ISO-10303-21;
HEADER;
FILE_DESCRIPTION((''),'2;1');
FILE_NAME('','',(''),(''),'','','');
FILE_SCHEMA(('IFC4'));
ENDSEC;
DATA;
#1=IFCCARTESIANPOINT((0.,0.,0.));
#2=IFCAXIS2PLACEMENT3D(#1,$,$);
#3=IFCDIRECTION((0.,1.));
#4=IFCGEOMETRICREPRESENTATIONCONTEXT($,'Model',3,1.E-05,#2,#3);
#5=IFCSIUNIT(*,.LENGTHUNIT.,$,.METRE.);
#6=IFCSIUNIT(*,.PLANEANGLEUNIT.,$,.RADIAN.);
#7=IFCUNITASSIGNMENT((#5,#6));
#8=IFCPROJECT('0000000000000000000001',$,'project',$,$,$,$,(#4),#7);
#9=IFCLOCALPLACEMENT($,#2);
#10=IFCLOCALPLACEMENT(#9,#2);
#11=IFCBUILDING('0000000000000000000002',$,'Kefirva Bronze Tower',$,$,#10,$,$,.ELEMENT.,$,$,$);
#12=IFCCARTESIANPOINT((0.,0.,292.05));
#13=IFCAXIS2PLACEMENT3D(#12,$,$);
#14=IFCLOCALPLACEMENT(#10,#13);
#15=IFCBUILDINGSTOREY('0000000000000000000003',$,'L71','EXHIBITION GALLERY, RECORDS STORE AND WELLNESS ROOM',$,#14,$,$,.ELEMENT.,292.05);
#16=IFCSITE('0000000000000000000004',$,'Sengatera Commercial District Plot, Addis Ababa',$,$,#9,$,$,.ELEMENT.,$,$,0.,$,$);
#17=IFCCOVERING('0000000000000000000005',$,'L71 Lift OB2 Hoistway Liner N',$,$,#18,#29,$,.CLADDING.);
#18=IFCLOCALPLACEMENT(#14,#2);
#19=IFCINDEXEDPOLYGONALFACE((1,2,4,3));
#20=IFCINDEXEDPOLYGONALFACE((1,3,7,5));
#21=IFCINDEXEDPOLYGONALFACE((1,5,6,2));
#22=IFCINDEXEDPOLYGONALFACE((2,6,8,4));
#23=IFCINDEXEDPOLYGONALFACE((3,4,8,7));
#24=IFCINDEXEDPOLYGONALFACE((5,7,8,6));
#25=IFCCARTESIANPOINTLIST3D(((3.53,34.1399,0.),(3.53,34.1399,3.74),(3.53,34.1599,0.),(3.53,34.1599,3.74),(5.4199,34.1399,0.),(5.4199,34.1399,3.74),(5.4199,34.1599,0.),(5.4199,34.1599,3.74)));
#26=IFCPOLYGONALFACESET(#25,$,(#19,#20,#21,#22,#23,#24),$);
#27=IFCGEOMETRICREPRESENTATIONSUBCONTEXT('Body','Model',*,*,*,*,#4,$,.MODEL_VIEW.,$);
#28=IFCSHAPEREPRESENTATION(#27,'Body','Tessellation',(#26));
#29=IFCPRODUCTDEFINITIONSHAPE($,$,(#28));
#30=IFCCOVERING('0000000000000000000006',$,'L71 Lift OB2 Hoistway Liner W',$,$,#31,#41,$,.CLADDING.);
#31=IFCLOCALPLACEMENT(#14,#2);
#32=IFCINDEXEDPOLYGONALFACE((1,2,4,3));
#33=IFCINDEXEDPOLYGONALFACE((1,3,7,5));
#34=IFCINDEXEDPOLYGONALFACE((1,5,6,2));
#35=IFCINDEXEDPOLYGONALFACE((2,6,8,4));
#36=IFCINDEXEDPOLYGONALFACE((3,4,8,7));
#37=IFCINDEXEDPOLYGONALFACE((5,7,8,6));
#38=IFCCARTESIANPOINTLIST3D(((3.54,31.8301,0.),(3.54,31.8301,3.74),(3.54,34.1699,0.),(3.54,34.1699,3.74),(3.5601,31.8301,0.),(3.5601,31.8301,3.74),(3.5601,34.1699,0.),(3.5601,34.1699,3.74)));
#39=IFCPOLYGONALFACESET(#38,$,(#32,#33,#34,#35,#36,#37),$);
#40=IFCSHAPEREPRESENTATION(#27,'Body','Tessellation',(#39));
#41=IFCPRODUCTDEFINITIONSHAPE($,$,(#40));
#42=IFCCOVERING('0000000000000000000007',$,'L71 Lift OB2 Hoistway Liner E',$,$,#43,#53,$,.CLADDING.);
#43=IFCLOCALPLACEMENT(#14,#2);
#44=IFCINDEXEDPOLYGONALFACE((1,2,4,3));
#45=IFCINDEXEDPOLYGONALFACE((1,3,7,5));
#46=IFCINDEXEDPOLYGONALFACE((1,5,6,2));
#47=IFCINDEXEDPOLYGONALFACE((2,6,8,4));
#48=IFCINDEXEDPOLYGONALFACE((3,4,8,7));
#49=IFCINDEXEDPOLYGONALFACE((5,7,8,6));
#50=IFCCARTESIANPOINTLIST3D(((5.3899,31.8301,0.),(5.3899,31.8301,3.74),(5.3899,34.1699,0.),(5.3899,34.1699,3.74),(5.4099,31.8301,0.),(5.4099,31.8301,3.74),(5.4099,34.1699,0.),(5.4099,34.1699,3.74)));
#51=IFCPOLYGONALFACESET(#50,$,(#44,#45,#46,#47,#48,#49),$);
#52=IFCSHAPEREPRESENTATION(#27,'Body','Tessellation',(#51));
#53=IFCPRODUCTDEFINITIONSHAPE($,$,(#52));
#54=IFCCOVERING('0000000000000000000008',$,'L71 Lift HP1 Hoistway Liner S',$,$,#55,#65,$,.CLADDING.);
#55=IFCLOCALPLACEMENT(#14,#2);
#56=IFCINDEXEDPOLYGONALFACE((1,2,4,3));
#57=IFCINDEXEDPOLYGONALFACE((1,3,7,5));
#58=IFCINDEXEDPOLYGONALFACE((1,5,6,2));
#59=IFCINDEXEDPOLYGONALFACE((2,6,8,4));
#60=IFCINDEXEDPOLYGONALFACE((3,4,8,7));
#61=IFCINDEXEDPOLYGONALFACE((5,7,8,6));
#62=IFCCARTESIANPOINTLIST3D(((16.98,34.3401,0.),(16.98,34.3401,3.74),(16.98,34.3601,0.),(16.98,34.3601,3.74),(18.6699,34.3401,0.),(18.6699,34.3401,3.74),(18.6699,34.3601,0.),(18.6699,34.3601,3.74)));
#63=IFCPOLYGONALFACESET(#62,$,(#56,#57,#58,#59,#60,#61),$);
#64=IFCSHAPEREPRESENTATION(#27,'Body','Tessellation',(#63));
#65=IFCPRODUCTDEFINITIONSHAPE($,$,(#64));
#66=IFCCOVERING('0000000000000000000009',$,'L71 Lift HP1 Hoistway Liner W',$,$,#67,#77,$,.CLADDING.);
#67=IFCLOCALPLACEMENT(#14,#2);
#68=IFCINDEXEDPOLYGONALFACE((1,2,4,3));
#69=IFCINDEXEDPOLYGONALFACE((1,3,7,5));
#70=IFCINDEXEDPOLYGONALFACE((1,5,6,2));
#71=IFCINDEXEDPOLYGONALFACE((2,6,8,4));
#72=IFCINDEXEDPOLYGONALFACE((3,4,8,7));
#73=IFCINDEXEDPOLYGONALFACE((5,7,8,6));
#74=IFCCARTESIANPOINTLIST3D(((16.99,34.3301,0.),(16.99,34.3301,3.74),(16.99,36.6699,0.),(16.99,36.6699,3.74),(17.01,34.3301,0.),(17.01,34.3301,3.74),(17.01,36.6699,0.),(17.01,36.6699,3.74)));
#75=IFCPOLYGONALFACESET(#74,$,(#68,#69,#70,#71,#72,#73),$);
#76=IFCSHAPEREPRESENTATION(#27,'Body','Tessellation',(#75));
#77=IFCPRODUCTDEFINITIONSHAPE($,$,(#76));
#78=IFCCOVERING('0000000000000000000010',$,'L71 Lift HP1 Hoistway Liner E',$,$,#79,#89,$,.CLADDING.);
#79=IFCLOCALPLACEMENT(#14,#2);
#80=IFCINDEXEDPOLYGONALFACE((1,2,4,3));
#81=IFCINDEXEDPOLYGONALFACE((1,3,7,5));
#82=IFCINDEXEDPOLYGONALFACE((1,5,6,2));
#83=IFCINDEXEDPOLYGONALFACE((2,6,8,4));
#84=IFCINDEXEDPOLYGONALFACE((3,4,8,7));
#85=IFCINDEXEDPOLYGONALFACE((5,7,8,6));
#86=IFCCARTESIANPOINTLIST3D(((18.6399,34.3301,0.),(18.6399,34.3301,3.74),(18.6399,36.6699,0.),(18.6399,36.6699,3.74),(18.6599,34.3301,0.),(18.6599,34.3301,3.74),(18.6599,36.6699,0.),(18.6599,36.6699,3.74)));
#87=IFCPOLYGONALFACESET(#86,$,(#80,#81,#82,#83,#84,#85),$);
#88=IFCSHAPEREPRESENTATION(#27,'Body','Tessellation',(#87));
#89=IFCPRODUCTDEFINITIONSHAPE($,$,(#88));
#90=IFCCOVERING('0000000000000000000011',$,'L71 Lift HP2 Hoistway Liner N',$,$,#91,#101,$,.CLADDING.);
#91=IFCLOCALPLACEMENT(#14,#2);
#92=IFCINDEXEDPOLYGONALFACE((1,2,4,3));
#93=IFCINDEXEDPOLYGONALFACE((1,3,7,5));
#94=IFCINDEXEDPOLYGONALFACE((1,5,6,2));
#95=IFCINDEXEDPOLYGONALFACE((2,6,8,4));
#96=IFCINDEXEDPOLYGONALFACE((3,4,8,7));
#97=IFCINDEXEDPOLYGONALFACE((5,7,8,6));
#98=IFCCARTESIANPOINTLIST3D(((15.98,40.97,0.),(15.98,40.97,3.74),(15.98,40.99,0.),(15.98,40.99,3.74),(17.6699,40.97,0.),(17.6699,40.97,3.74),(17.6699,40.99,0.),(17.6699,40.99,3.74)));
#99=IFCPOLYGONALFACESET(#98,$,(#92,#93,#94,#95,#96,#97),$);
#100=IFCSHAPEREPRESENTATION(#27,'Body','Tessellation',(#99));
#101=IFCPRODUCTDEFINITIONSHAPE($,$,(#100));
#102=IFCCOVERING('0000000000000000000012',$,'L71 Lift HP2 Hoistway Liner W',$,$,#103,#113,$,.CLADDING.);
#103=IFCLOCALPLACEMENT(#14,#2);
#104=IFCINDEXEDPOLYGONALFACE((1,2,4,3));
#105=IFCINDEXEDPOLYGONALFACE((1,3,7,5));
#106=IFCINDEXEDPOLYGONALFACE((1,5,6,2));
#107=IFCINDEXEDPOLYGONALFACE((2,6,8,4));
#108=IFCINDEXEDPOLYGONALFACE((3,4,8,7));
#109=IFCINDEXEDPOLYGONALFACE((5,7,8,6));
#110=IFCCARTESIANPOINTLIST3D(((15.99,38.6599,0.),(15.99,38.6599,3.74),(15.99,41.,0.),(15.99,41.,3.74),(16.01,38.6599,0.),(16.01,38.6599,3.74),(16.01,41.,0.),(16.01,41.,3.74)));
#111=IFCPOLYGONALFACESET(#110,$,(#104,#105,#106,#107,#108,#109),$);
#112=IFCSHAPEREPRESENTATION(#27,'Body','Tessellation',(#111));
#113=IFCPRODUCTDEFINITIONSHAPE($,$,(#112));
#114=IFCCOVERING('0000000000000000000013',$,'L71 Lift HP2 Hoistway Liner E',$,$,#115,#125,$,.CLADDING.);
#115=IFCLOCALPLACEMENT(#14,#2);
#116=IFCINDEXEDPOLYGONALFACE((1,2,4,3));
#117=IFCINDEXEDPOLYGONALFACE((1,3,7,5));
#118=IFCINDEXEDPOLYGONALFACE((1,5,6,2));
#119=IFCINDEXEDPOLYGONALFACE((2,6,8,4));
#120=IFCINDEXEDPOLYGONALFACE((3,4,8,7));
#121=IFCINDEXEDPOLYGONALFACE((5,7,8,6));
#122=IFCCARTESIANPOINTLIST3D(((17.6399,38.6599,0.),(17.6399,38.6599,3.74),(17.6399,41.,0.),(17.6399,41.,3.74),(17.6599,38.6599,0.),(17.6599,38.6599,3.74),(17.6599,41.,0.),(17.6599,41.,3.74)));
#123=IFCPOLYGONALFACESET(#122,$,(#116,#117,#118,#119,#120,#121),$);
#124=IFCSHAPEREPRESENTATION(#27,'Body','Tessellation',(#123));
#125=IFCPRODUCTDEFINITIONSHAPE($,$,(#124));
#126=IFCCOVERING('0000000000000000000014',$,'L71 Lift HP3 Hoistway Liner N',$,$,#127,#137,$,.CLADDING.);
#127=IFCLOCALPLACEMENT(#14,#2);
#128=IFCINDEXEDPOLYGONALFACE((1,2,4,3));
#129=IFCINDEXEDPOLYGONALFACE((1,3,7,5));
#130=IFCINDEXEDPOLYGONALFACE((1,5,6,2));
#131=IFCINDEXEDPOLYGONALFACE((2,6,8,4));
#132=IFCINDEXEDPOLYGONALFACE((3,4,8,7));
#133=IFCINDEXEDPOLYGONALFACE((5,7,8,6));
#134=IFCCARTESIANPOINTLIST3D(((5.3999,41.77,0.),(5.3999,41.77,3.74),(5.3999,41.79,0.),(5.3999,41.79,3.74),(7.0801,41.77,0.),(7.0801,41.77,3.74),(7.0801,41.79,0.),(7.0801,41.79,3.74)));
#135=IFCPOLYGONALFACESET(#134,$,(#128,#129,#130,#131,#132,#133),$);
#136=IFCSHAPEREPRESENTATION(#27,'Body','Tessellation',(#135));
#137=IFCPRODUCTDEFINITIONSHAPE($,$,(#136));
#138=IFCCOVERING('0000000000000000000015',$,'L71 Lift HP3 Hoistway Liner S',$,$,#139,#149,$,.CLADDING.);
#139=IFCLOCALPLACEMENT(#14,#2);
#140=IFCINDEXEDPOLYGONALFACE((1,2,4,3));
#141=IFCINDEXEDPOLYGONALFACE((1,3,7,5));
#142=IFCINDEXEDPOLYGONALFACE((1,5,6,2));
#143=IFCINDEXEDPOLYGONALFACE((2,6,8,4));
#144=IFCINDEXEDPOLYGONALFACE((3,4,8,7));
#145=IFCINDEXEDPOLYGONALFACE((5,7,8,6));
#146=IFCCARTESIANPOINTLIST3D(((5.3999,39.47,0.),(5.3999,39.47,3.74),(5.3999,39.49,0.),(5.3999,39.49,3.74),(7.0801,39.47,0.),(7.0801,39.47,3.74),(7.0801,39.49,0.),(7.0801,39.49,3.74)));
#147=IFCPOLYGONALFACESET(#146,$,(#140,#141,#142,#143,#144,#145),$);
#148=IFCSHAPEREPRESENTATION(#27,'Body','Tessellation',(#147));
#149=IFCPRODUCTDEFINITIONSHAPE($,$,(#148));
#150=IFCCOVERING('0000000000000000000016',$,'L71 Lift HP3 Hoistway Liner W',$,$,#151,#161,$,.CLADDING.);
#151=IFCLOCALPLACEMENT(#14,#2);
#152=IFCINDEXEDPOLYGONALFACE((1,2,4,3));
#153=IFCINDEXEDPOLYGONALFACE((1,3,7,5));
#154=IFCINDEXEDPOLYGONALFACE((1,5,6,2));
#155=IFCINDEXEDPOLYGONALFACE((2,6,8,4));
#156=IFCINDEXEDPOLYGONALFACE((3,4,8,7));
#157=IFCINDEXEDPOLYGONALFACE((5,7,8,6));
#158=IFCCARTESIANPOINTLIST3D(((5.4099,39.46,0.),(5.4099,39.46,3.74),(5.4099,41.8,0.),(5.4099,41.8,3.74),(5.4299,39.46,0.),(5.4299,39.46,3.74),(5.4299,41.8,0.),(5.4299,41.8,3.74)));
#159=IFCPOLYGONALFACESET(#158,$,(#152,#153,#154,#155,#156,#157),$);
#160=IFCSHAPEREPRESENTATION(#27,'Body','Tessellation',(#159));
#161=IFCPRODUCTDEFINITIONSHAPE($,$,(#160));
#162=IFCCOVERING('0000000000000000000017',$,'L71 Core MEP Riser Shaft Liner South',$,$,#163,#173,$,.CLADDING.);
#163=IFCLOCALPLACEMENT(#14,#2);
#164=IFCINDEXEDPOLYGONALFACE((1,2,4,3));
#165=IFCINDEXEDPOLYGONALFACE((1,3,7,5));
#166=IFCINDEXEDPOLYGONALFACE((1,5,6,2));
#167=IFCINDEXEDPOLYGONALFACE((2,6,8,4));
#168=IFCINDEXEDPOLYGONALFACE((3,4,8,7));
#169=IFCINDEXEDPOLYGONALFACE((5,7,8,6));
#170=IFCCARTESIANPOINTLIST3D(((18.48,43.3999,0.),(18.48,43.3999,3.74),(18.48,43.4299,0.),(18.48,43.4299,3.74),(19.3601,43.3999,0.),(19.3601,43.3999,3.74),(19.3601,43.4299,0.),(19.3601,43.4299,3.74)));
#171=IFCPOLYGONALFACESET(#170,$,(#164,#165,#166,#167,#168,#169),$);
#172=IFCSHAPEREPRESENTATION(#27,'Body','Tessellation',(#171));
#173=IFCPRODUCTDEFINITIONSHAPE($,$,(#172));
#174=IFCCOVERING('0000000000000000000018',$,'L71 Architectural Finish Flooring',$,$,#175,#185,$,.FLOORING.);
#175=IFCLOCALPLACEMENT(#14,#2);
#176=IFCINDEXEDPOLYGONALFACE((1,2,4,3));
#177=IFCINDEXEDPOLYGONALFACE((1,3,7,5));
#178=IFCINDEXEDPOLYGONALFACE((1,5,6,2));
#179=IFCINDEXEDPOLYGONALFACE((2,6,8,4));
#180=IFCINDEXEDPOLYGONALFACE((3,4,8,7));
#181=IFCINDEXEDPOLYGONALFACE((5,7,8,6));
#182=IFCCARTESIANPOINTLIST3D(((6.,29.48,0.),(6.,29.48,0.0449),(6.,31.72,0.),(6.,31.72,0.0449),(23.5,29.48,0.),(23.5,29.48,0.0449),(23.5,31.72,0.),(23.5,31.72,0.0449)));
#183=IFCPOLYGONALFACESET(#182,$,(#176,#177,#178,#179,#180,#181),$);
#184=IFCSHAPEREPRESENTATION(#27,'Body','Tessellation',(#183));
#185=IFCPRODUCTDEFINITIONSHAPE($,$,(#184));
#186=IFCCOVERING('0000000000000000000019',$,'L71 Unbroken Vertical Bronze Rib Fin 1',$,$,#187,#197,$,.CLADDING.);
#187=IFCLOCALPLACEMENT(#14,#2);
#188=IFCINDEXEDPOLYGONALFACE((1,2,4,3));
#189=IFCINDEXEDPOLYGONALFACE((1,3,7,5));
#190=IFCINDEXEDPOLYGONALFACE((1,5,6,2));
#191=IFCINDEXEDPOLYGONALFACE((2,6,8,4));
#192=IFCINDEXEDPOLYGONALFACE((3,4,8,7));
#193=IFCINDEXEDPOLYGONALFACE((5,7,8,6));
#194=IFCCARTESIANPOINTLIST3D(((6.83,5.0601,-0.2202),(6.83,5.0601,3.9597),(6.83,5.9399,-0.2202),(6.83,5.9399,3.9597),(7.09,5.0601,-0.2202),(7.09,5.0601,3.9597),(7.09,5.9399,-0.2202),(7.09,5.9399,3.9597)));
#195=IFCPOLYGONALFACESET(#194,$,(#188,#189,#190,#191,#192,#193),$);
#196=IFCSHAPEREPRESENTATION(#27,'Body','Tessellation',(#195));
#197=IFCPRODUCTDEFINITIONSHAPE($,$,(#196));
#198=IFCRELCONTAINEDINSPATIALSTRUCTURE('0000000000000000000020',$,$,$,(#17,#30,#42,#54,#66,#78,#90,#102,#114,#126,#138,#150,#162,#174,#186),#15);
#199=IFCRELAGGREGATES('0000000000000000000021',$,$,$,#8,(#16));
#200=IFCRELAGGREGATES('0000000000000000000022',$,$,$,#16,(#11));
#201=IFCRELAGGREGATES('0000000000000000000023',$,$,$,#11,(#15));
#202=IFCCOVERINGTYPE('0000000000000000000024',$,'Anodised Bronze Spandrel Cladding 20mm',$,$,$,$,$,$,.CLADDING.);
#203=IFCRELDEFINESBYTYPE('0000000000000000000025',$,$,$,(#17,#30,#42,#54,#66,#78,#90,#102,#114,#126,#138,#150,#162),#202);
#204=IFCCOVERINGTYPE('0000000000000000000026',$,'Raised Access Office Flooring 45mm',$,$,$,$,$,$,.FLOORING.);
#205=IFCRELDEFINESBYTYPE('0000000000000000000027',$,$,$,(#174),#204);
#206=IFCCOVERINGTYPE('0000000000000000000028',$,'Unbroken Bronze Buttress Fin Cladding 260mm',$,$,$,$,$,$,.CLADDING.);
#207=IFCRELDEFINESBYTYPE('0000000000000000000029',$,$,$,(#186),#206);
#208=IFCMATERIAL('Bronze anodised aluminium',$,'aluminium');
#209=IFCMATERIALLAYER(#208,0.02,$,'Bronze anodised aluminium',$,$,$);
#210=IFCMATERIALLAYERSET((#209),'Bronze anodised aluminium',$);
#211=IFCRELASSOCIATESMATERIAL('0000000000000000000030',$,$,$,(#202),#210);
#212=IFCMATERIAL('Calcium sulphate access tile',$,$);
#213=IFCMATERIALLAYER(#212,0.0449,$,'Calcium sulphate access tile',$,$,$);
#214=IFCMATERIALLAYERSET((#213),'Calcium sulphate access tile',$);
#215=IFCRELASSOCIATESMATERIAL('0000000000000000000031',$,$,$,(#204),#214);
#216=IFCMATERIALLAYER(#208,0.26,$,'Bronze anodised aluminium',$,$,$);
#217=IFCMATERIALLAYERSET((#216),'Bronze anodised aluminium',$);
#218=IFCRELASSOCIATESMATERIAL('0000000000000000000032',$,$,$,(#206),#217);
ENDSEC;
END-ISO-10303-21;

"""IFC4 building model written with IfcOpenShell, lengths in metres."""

from ifc_helpers import new_model, si_unit, direction, frame, origin, origin_2d, place, context, subcontext, project, spatial, polyline, rectangle, outline, extrude, material, layer, layer_set, type_object, element, save


model = new_model("IFC4")

# Units and contexts
model_context = context("Model", 3, precision=1e-05, world=origin(), true_north=direction((0.0, 1.0)))
body_context = subcontext(model_context, "Body", "Model", "MODEL_VIEW")
ifc_project = project(units=[si_unit("LENGTHUNIT", "METRE"), si_unit("PLANEANGLEUNIT", "RADIAN")], contexts=[model_context])

# Site, building, storey
site_placement = place(None, origin())
site = spatial("IfcSite", under=ifc_project, at=site_placement, Name="Sengatera Commercial District Plot, Addis Ababa", CompositionType="ELEMENT", RefElevation=0.0)
building_placement = place(site_placement, origin())
building = spatial("IfcBuilding", under=site, at=building_placement, Name="Kefirva Bronze Tower", CompositionType="ELEMENT")
storey_placement = place(building_placement, frame((0.0, 0.0, 292.05)))
storey = spatial("IfcBuildingStorey", under=building, at=storey_placement, Name="L71", Description="EXHIBITION GALLERY, RECORDS STORE AND WELLNESS ROOM", CompositionType="ELEMENT", Elevation=292.05)

# Shared definitions
ifc_material_1 = material(Name="Bronze anodised aluminium", Category="aluminium")

# Coverings
ifc_layer_1 = layer(ifc_material_1, 0.02, Name="Bronze anodised aluminium")
ifc_layer_set_1 = layer_set([ifc_layer_1], Name="Bronze anodised aluminium")
covering_type_1 = type_object("IfcCoveringType", Name="Anodised Bronze Spandrel Cladding 20mm", PredefinedType="CLADDING", material=ifc_layer_set_1)
covering_1_placement = place(storey_placement, origin())
element("IfcCovering", 1, at=covering_1_placement, inside=storey, type_object=covering_type_1, Name="L71 Lift OB2 Hoistway Liner N", PredefinedType="CLADDING", context=body_context, shape_type="SweptSolid", body=[
    extrude(outline(polyline([(3.53, 34.1399), (5.4199, 34.1399), (5.4199, 34.1599), (3.53, 34.1599), (3.53, 34.1399)])), origin(), (0.0, 0.0, 1.0), 3.74),
])
covering_2_placement = place(storey_placement, origin())
element("IfcCovering", 2, at=covering_2_placement, inside=storey, type_object=covering_type_1, Name="L71 Lift OB2 Hoistway Liner W", PredefinedType="CLADDING", context=body_context, shape_type="SweptSolid", body=[
    extrude(outline(polyline([(3.54, 31.8301), (3.5601, 31.8301), (3.5601, 34.1699), (3.54, 34.1699), (3.54, 31.8301)])), origin(), (0.0, 0.0, 1.0), 3.74),
])
covering_3_placement = place(storey_placement, origin())
element("IfcCovering", 3, at=covering_3_placement, inside=storey, type_object=covering_type_1, Name="L71 Lift OB2 Hoistway Liner E", PredefinedType="CLADDING", context=body_context, shape_type="SweptSolid", body=[
    extrude(outline(polyline([(5.3899, 31.8301), (5.4099, 31.8301), (5.4099, 34.1699), (5.3899, 34.1699), (5.3899, 31.8301)])), origin(), (0.0, 0.0, 1.0), 3.74),
])
covering_4_placement = place(storey_placement, origin())
element("IfcCovering", 4, at=covering_4_placement, inside=storey, type_object=covering_type_1, Name="L71 Lift HP1 Hoistway Liner S", PredefinedType="CLADDING", context=body_context, shape_type="SweptSolid", body=[
    extrude(outline(polyline([(16.98, 34.3401), (18.6699, 34.3401), (18.6699, 34.3601), (16.98, 34.3601), (16.98, 34.3401)])), origin(), (0.0, 0.0, 1.0), 3.74),
])
covering_5_placement = place(storey_placement, origin())
element("IfcCovering", 5, at=covering_5_placement, inside=storey, type_object=covering_type_1, Name="L71 Lift HP1 Hoistway Liner W", PredefinedType="CLADDING", context=body_context, shape_type="SweptSolid", body=[
    extrude(outline(polyline([(16.99, 34.3301), (17.01, 34.3301), (17.01, 36.6699), (16.99, 36.6699), (16.99, 34.3301)])), origin(), (0.0, 0.0, 1.0), 3.74),
])
covering_6_placement = place(storey_placement, origin())
element("IfcCovering", 6, at=covering_6_placement, inside=storey, type_object=covering_type_1, Name="L71 Lift HP1 Hoistway Liner E", PredefinedType="CLADDING", context=body_context, shape_type="SweptSolid", body=[
    extrude(outline(polyline([(18.6399, 34.3301), (18.6599, 34.3301), (18.6599, 36.6699), (18.6399, 36.6699), (18.6399, 34.3301)])), origin(), (0.0, 0.0, 1.0), 3.74),
])
covering_7_placement = place(storey_placement, origin())
element("IfcCovering", 7, at=covering_7_placement, inside=storey, type_object=covering_type_1, Name="L71 Lift HP2 Hoistway Liner N", PredefinedType="CLADDING", context=body_context, shape_type="SweptSolid", body=[
    extrude(outline(polyline([(15.98, 40.97), (17.6699, 40.97), (17.6699, 40.99), (15.98, 40.99), (15.98, 40.97)])), origin(), (0.0, 0.0, 1.0), 3.74),
])
covering_8_placement = place(storey_placement, origin())
element("IfcCovering", 8, at=covering_8_placement, inside=storey, type_object=covering_type_1, Name="L71 Lift HP2 Hoistway Liner W", PredefinedType="CLADDING", context=body_context, shape_type="SweptSolid", body=[
    extrude(outline(polyline([(15.99, 38.6599), (16.01, 38.6599), (16.01, 41.0), (15.99, 41.0), (15.99, 38.6599)])), origin(), (0.0, 0.0, 1.0), 3.74),
])
covering_9_placement = place(storey_placement, origin())
element("IfcCovering", 9, at=covering_9_placement, inside=storey, type_object=covering_type_1, Name="L71 Lift HP2 Hoistway Liner E", PredefinedType="CLADDING", context=body_context, shape_type="SweptSolid", body=[
    extrude(outline(polyline([(17.6399, 38.6599), (17.6599, 38.6599), (17.6599, 41.0), (17.6399, 41.0), (17.6399, 38.6599)])), origin(), (0.0, 0.0, 1.0), 3.74),
])
covering_10_placement = place(storey_placement, origin())
element("IfcCovering", 10, at=covering_10_placement, inside=storey, type_object=covering_type_1, Name="L71 Lift HP3 Hoistway Liner N", PredefinedType="CLADDING", context=body_context, shape_type="SweptSolid", body=[
    extrude(outline(polyline([(5.3999, 41.77), (7.0801, 41.77), (7.0801, 41.79), (5.3999, 41.79), (5.3999, 41.77)])), origin(), (0.0, 0.0, 1.0), 3.74),
])
covering_11_placement = place(storey_placement, origin())
element("IfcCovering", 11, at=covering_11_placement, inside=storey, type_object=covering_type_1, Name="L71 Lift HP3 Hoistway Liner S", PredefinedType="CLADDING", context=body_context, shape_type="SweptSolid", body=[
    extrude(outline(polyline([(5.3999, 39.47), (7.0801, 39.47), (7.0801, 39.49), (5.3999, 39.49), (5.3999, 39.47)])), origin(), (0.0, 0.0, 1.0), 3.74),
])
covering_12_placement = place(storey_placement, origin())
element("IfcCovering", 12, at=covering_12_placement, inside=storey, type_object=covering_type_1, Name="L71 Lift HP3 Hoistway Liner W", PredefinedType="CLADDING", context=body_context, shape_type="SweptSolid", body=[
    extrude(outline(polyline([(5.4099, 39.46), (5.4299, 39.46), (5.4299, 41.8), (5.4099, 41.8), (5.4099, 39.46)])), origin(), (0.0, 0.0, 1.0), 3.74),
])
covering_13_placement = place(storey_placement, origin())
element("IfcCovering", 13, at=covering_13_placement, inside=storey, type_object=covering_type_1, Name="L71 Core MEP Riser Shaft Liner South", PredefinedType="CLADDING", context=body_context, shape_type="SweptSolid", body=[
    extrude(outline(polyline([(18.48, 43.3999), (19.3601, 43.3999), (19.3601, 43.4299), (18.48, 43.4299), (18.48, 43.3999)])), origin(), (0.0, 0.0, 1.0), 3.74),
])
ifc_material_2 = material(Name="Calcium sulphate access tile")
ifc_layer_2 = layer(ifc_material_2, 0.0449, Name="Calcium sulphate access tile")
ifc_layer_set_2 = layer_set([ifc_layer_2], Name="Calcium sulphate access tile")
covering_type_2 = type_object("IfcCoveringType", Name="Raised Access Office Flooring 45mm", PredefinedType="FLOORING", material=ifc_layer_set_2)
covering_14_placement = place(storey_placement, origin())
element("IfcCovering", 14, at=covering_14_placement, inside=storey, type_object=covering_type_2, Name="L71 Architectural Finish Flooring", PredefinedType="FLOORING", context=body_context, shape_type="SweptSolid", body=[
    extrude(outline(polyline([(6.0, 29.48), (23.5, 29.48), (23.5, 31.72), (6.0, 31.72), (6.0, 29.48)])), origin(), (0.0, 0.0, 1.0), 0.0449),
])
ifc_layer_3 = layer(ifc_material_1, 0.26, Name="Bronze anodised aluminium")
ifc_layer_set_3 = layer_set([ifc_layer_3], Name="Bronze anodised aluminium")
covering_type_3 = type_object("IfcCoveringType", Name="Unbroken Bronze Buttress Fin Cladding 260mm", PredefinedType="CLADDING", material=ifc_layer_set_3)
covering_15_placement = place(storey_placement, frame((6.96, 5.5, -0.2202), z_axis=(0.0, 0.0, 1.0), x_axis=(1.0, 0.0, 0.0)))
element("IfcCovering", 15, at=covering_15_placement, inside=storey, type_object=covering_type_3, Name="L71 Unbroken Vertical Bronze Rib Fin 1", PredefinedType="CLADDING", context=body_context, shape_type="SweptSolid", body=[
    extrude(rectangle(XDim=0.26, YDim=0.8799, at=origin_2d()), origin(), (0.0, 0.0, 1.0), 4.1799),
])

save(model, "model.ifc")
